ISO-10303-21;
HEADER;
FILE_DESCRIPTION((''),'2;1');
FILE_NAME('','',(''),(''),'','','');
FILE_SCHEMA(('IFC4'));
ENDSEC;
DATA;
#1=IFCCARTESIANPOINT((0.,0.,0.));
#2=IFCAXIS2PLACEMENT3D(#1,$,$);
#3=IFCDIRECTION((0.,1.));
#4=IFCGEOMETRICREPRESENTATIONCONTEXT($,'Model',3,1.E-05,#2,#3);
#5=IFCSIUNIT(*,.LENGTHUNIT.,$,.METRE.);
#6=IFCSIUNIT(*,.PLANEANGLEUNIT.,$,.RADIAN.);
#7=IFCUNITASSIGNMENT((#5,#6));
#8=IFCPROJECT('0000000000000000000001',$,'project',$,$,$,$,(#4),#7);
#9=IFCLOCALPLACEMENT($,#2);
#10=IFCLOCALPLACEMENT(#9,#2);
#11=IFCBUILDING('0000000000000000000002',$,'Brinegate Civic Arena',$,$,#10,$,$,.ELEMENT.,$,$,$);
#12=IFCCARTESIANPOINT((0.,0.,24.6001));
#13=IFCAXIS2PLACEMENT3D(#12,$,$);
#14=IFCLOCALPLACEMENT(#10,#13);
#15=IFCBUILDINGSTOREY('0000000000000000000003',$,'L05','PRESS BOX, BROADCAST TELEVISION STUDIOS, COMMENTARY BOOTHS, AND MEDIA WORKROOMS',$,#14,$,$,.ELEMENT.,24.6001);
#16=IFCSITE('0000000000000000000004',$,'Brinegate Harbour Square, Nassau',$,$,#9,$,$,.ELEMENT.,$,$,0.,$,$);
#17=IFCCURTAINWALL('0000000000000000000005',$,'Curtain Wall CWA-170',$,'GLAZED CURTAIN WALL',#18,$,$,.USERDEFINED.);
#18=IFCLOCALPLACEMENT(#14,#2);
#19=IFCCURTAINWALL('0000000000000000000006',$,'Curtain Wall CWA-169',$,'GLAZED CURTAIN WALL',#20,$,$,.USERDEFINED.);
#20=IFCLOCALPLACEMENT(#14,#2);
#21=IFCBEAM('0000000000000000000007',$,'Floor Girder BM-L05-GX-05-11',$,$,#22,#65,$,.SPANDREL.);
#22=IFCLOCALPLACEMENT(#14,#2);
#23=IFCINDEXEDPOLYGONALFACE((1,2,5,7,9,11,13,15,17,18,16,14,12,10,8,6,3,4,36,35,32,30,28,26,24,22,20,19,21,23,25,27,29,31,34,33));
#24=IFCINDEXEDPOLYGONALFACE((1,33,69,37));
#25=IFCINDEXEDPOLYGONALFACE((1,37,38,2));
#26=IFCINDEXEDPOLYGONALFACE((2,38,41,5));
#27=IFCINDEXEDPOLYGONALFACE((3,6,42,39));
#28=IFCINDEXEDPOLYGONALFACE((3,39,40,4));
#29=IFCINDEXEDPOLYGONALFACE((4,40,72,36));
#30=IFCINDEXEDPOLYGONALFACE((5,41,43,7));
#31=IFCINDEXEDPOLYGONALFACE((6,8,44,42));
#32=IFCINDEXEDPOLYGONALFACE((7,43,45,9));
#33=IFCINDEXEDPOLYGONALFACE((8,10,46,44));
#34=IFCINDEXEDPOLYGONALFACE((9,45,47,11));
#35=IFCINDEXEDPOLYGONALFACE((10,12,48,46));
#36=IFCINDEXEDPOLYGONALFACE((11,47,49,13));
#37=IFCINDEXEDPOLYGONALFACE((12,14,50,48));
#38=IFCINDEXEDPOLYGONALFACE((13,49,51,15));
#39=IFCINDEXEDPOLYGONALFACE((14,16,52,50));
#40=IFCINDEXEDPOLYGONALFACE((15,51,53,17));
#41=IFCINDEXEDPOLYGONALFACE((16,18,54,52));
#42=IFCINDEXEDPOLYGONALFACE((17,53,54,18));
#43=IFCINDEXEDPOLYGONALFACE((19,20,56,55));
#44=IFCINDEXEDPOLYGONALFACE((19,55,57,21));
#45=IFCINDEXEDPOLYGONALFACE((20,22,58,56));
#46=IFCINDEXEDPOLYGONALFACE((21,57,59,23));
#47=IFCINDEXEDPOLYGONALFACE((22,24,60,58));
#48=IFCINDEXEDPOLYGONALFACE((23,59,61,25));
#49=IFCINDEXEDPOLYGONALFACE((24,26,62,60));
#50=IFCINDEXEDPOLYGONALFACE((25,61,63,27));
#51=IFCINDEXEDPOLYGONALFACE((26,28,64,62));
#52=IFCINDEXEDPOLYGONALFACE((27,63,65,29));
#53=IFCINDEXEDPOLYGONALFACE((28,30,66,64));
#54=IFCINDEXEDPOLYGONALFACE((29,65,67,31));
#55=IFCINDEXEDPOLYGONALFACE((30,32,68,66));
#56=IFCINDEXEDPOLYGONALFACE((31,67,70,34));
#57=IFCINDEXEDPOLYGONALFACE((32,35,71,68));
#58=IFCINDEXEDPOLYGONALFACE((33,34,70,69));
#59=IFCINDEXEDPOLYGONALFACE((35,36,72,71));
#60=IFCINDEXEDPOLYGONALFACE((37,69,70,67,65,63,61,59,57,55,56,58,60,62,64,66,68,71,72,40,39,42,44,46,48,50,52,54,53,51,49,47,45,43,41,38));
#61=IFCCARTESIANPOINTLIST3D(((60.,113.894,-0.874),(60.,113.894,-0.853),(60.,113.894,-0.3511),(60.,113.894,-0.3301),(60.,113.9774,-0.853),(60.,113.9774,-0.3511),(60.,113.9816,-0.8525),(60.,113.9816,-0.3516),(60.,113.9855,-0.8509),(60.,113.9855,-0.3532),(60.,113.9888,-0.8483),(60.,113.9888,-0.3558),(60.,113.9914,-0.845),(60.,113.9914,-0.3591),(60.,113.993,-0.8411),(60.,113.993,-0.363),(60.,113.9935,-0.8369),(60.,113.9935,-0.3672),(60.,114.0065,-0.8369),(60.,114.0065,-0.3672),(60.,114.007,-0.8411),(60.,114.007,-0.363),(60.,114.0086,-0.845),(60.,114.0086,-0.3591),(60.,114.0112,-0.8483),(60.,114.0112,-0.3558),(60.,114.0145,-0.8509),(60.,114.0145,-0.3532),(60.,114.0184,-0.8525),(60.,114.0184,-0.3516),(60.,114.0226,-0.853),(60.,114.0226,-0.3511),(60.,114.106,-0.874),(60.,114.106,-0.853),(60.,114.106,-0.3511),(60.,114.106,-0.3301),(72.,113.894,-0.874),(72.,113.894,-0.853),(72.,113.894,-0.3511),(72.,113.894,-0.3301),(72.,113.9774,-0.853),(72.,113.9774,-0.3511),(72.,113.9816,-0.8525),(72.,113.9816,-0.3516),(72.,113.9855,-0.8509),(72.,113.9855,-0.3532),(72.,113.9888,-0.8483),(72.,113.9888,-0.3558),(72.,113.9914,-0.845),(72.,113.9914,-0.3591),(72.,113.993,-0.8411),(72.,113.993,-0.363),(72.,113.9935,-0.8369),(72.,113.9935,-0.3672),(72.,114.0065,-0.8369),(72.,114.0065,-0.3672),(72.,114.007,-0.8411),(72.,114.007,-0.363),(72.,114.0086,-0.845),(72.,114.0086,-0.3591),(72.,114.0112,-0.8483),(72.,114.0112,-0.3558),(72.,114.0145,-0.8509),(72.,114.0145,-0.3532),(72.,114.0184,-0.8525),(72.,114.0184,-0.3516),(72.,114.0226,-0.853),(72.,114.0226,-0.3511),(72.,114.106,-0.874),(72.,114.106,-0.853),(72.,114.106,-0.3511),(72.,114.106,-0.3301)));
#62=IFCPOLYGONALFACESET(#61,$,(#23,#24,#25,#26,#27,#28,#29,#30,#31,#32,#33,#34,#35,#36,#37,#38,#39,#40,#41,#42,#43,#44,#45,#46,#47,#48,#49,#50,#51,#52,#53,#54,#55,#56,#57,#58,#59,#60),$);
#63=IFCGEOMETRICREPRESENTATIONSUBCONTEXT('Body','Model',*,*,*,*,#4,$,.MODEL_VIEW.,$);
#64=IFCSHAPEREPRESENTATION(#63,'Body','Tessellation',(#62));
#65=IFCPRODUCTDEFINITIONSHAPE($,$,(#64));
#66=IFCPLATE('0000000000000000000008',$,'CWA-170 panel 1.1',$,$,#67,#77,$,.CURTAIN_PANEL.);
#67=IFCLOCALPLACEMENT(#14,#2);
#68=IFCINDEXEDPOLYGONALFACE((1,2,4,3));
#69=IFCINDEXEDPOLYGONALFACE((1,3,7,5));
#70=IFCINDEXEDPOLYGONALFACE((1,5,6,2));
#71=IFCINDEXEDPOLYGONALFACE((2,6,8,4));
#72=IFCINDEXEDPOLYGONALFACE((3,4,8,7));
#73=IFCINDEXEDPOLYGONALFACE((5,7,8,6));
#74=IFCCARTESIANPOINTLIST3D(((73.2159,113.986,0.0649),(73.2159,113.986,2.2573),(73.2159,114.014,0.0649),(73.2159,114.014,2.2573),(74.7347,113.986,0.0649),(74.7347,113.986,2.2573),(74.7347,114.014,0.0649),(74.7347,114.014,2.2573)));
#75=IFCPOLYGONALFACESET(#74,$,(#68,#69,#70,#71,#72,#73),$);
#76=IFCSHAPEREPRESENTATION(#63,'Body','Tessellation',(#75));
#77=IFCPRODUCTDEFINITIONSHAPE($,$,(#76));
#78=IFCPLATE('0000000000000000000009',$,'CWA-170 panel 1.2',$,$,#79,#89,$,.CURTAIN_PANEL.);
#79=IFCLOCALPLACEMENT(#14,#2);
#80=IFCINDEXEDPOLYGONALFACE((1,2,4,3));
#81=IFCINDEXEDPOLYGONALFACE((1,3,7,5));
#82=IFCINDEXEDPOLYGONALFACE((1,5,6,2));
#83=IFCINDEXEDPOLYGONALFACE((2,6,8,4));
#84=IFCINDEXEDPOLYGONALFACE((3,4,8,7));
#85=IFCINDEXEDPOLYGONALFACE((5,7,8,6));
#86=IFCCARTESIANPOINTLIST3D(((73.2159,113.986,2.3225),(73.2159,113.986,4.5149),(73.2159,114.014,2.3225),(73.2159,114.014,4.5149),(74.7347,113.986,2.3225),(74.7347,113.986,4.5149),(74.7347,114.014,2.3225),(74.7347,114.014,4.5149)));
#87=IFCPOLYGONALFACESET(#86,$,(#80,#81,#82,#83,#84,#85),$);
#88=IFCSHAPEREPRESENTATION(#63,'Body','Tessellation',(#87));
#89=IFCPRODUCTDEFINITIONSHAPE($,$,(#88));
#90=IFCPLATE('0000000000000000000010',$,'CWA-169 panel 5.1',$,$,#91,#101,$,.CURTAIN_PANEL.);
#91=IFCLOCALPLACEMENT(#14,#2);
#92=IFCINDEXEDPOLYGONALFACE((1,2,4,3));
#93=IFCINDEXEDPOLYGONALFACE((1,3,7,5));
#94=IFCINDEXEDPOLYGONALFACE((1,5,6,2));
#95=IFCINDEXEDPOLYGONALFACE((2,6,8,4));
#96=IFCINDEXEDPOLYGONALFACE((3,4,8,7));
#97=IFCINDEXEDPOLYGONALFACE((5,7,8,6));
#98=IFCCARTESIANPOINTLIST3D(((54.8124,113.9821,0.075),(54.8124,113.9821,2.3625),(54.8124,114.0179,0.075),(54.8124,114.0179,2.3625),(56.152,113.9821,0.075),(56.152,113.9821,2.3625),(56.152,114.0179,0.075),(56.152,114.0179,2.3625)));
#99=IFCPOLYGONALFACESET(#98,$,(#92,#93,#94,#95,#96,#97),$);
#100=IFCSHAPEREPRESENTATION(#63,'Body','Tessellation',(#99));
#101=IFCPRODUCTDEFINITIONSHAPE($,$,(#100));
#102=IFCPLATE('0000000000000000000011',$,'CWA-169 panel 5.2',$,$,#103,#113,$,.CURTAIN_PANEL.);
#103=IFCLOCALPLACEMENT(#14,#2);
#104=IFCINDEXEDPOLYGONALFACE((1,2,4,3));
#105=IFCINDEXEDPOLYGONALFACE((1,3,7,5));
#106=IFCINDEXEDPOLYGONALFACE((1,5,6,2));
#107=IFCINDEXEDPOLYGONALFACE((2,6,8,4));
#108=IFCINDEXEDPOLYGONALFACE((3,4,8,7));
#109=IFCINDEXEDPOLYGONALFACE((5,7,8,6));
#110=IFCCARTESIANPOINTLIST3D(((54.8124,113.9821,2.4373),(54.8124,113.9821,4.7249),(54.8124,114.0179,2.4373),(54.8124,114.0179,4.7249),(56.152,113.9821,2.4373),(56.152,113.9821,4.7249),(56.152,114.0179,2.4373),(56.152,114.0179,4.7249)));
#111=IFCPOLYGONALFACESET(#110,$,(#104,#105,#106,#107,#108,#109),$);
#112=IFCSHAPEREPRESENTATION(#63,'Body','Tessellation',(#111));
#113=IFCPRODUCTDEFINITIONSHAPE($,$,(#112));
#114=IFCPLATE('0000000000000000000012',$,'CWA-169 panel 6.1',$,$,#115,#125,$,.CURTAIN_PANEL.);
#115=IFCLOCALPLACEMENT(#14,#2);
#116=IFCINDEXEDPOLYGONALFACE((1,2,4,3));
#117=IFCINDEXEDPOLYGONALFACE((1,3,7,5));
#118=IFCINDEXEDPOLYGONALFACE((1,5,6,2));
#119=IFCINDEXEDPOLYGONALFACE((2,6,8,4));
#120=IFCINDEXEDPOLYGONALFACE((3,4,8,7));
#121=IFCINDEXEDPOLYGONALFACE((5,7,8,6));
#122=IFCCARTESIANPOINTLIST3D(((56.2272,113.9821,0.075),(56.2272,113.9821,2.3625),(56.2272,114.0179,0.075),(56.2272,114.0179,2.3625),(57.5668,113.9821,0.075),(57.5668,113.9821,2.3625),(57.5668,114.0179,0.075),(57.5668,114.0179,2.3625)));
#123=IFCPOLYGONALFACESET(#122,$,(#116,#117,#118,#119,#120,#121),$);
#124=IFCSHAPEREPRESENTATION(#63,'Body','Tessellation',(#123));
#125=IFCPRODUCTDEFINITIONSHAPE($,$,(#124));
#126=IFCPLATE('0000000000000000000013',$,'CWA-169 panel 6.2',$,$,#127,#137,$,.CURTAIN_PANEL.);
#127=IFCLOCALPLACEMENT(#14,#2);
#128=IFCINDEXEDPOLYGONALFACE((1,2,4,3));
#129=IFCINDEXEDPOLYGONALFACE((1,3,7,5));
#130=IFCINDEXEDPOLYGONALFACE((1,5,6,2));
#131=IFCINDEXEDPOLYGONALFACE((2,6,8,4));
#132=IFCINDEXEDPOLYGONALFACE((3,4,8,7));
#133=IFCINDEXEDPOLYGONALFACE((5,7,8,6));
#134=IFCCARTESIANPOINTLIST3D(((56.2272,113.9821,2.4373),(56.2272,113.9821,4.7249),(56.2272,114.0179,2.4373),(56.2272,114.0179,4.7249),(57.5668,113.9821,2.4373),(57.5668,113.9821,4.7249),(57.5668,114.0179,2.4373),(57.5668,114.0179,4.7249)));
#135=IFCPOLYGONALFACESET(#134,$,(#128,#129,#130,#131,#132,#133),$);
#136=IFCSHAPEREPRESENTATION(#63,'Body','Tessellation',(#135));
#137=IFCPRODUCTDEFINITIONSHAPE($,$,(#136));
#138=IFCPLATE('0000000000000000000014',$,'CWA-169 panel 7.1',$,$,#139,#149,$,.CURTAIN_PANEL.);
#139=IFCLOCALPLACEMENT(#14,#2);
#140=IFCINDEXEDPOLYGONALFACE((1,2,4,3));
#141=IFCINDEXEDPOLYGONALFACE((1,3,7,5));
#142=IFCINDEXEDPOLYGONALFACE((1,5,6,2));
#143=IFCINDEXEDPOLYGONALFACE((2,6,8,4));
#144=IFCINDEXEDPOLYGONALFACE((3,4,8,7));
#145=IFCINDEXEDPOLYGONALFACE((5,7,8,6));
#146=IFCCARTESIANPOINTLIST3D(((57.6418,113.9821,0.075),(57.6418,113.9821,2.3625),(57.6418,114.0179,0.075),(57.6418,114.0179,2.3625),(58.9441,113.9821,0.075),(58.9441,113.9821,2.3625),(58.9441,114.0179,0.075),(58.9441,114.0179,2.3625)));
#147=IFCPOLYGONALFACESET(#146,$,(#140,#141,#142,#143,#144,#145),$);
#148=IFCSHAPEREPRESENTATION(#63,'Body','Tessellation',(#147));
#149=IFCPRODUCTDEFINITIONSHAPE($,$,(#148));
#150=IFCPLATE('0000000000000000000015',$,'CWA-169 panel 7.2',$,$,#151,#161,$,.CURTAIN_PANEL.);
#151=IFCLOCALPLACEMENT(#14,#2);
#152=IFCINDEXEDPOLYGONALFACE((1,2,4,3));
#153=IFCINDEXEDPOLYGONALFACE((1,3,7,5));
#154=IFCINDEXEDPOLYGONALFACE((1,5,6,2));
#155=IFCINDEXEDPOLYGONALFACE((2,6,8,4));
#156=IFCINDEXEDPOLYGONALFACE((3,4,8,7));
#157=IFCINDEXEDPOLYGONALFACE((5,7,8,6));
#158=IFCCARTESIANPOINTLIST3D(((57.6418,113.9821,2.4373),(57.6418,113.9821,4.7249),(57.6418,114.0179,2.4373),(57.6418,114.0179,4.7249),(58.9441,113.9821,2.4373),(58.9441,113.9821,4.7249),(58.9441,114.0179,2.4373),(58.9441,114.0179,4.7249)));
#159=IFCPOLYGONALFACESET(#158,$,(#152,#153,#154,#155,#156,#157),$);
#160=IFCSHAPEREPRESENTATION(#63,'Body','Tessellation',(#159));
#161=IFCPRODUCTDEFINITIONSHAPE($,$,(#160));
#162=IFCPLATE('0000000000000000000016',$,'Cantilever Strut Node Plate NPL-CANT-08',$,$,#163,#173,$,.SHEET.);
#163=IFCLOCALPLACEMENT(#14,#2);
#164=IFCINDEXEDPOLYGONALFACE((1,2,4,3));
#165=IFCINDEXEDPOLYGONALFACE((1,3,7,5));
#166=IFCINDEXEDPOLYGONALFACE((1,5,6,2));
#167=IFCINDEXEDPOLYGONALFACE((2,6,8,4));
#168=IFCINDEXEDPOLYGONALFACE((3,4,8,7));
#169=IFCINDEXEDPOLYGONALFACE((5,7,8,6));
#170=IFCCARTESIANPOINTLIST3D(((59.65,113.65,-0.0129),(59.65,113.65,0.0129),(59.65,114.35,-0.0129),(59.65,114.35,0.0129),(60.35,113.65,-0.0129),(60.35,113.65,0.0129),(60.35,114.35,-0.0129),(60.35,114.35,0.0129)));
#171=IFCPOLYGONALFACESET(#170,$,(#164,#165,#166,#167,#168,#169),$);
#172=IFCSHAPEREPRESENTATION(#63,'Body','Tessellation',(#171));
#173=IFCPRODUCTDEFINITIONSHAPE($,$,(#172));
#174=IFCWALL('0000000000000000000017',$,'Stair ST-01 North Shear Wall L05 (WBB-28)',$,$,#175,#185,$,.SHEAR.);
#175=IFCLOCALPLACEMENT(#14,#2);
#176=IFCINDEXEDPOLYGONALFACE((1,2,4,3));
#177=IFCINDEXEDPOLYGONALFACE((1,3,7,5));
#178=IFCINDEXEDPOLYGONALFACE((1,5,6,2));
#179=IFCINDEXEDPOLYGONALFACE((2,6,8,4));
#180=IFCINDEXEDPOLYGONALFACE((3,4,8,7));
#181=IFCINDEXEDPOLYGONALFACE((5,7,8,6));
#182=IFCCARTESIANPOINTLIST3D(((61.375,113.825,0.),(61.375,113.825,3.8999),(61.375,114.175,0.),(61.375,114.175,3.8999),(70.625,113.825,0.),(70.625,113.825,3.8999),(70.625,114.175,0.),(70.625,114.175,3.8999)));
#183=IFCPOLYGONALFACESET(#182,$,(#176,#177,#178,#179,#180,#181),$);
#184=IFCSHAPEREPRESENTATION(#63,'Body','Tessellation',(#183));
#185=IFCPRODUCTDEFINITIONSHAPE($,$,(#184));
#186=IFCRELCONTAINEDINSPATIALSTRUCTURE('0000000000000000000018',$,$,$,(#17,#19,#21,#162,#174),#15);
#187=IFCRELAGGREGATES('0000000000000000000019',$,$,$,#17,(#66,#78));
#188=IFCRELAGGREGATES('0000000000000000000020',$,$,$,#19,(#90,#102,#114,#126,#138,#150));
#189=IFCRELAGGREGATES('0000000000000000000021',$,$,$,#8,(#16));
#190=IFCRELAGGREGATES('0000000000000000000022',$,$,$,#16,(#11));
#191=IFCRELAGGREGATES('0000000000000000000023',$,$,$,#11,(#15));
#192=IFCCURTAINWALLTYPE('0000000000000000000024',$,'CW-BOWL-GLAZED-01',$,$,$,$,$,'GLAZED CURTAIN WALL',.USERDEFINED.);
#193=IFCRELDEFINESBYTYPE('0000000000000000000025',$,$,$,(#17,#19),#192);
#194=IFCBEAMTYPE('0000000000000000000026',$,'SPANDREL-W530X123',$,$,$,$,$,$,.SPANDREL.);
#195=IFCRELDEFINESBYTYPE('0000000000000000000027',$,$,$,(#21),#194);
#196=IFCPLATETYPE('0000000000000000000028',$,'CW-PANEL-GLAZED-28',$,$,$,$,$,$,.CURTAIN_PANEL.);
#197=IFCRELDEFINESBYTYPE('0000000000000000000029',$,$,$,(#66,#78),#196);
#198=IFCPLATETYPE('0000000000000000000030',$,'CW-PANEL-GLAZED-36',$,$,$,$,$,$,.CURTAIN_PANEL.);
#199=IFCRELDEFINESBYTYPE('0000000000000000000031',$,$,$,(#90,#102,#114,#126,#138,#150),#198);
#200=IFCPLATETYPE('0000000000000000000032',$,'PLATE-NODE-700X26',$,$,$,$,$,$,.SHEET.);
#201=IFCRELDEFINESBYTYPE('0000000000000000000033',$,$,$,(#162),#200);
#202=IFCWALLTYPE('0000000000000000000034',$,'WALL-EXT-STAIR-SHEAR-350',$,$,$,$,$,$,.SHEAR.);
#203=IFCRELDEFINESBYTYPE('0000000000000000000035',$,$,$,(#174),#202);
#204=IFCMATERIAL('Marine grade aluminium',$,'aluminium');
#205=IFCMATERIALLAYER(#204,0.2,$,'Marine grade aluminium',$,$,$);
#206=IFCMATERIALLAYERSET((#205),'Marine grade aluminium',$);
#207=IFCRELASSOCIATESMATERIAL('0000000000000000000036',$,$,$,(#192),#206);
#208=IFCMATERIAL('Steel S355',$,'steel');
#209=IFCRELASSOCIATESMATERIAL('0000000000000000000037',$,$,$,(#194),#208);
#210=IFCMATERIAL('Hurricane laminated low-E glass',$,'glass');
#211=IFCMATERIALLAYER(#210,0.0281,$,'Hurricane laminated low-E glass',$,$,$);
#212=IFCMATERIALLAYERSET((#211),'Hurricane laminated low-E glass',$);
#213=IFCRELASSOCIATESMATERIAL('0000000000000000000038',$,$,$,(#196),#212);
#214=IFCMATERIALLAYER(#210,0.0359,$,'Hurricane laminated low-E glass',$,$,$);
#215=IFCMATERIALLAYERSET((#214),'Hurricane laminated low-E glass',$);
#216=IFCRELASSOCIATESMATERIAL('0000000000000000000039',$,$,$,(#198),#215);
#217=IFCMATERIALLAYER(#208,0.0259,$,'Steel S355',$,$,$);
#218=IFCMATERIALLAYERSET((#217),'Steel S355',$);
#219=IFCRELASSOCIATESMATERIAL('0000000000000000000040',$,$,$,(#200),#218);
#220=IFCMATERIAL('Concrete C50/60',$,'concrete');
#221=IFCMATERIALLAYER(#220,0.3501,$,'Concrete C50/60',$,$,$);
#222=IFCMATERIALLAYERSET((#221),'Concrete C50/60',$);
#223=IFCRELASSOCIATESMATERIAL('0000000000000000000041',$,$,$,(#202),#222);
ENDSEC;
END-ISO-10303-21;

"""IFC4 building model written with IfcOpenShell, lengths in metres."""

from ifc_helpers import new_model, si_unit, direction, frame, frame_2d, origin, origin_2d, place, context, subcontext, project, spatial, rectangle, i_section, extrude, material, layer, layer_set, material_profile, profile_set, type_object, element, aggregate, save


model = new_model("IFC4")

# Units and contexts
model_context = context("Model", 3, precision=1e-05, world=origin(), true_north=direction((0.0, 1.0)))
body_context = subcontext(model_context, "Body", "Model", "MODEL_VIEW")
ifc_project = project(units=[si_unit("LENGTHUNIT", "METRE"), si_unit("PLANEANGLEUNIT", "RADIAN")], contexts=[model_context])

# Site, building, storey
site_placement = place(None, origin())
site = spatial("IfcSite", under=ifc_project, at=site_placement, Name="Brinegate Harbour Square, Nassau", CompositionType="ELEMENT", RefElevation=0.0)
building_placement = place(site_placement, origin())
building = spatial("IfcBuilding", under=site, at=building_placement, Name="Brinegate Civic Arena", CompositionType="ELEMENT")
storey_placement = place(building_placement, frame((0.0, 0.0, 24.6001)))
storey = spatial("IfcBuildingStorey", under=building, at=storey_placement, Name="L05", Description="PRESS BOX, BROADCAST TELEVISION STUDIOS, COMMENTARY BOOTHS, AND MEDIA WORKROOMS", CompositionType="ELEMENT", Elevation=24.6001)

# Shared definitions
ifc_material_1 = material(Name="Concrete C50/60", Category="concrete")
ifc_material_2 = material(Name="Steel S355", Category="steel")

# Curtain wall
ifc_material_3 = material(Name="Marine grade aluminium", Category="aluminium")
ifc_layer_1 = layer(ifc_material_3, 0.2, Name="Marine grade aluminium")
ifc_layer_set_1 = layer_set([ifc_layer_1], Name="Marine grade aluminium")
curtain_wall_type = type_object("IfcCurtainWallType", Name="CW-BOWL-GLAZED-01", ElementType="GLAZED CURTAIN WALL", PredefinedType="USERDEFINED", material=ifc_layer_set_1)
curtain_wall_1_placement = place(storey_placement, origin())
curtain_wall_1 = element("IfcCurtainWall", 1, at=curtain_wall_1_placement, inside=storey, type_object=curtain_wall_type, Name="Curtain Wall CWA-170", ObjectType="GLAZED CURTAIN WALL", PredefinedType="USERDEFINED")

# Curtain wall
curtain_wall_2_placement = place(storey_placement, origin())
curtain_wall_2 = element("IfcCurtainWall", 2, at=curtain_wall_2_placement, inside=storey, type_object=curtain_wall_type, Name="Curtain Wall CWA-169", ObjectType="GLAZED CURTAIN WALL", PredefinedType="USERDEFINED")

# Beam
ifc_material_profile_1 = material_profile(ifc_material_2, i_section(OverallWidth=0.2119, OverallDepth=0.5439, WebThickness=0.0129, FlangeThickness=0.021, FilletRadius=0.0161, at=origin_2d()), Name="W530X123")
ifc_profile_set_1 = profile_set([ifc_material_profile_1], Name="Steel S355")
beam_type_1 = type_object("IfcBeamType", Name="SPANDREL-W530X123", PredefinedType="SPANDREL", material=ifc_profile_set_1)
beam_1_placement = place(storey_placement, frame((60.0, 114.0, -0.6021), z_axis=(1.0, 0.0, 0.0), x_axis=(0.0, 1.0, 0.0)))
element("IfcBeam", 3, at=beam_1_placement, inside=storey, type_object=beam_type_1, Name="Floor Girder BM-L05-GX-05-11", PredefinedType="SPANDREL", context=body_context, shape_type="SweptSolid", body=[
    extrude(i_section(OverallWidth=0.2119, OverallDepth=0.5439, WebThickness=0.0129, FlangeThickness=0.021, FilletRadius=0.0161, at=origin_2d()), origin(), (0.0, 0.0, 1.0), 12.0),
])

# Plates
ifc_material_4 = material(Name="Hurricane laminated low-E glass", Category="glass")
ifc_layer_2 = layer(ifc_material_4, 0.0281, Name="Hurricane laminated low-E glass")
ifc_layer_set_2 = layer_set([ifc_layer_2], Name="Hurricane laminated low-E glass")
plate_type_1 = type_object("IfcPlateType", Name="CW-PANEL-GLAZED-28", PredefinedType="CURTAIN_PANEL", material=ifc_layer_set_2)
plate_1_placement = place(storey_placement, frame((73.9753, 114.0, 0.0649), z_axis=(0.0, 0.0, 1.0), x_axis=(1.0, 0.0, 0.0)))
plate_1 = element("IfcPlate", 4, at=plate_1_placement, type_object=plate_type_1, Name="CWA-170 panel 1.1", PredefinedType="CURTAIN_PANEL", context=body_context, shape_type="SweptSolid", body=[
    extrude(rectangle(XDim=1.5188, YDim=0.0281, at=origin_2d()), origin(), (0.0, 0.0, 1.0), 2.1924),
])
plate_2_placement = place(storey_placement, frame((73.9753, 114.0, 2.3225), z_axis=(0.0, 0.0, 1.0), x_axis=(1.0, 0.0, 0.0)))
plate_2 = element("IfcPlate", 5, at=plate_2_placement, type_object=plate_type_1, Name="CWA-170 panel 1.2", PredefinedType="CURTAIN_PANEL", context=body_context, shape_type="SweptSolid", body=[
    extrude(rectangle(XDim=1.5188, YDim=0.0281, at=origin_2d()), origin(), (0.0, 0.0, 1.0), 2.1924),
])
aggregate(curtain_wall_1, [plate_1, plate_2])
ifc_layer_3 = layer(ifc_material_4, 0.0359, Name="Hurricane laminated low-E glass")
ifc_layer_set_3 = layer_set([ifc_layer_3], Name="Hurricane laminated low-E glass")
plate_type_2 = type_object("IfcPlateType", Name="CW-PANEL-GLAZED-36", PredefinedType="CURTAIN_PANEL", material=ifc_layer_set_3)
plate_3_placement = place(storey_placement, frame((55.4822, 114.0, 0.075), z_axis=(0.0, 0.0, 1.0), x_axis=(1.0, 0.0, 0.0)))
plate_3 = element("IfcPlate", 6, at=plate_3_placement, type_object=plate_type_2, Name="CWA-169 panel 5.1", PredefinedType="CURTAIN_PANEL", context=body_context, shape_type="SweptSolid", body=[
    extrude(rectangle(XDim=1.3396, YDim=0.0359, at=origin_2d()), origin(), (0.0, 0.0, 1.0), 2.2876),
])
plate_4_placement = place(storey_placement, frame((55.4822, 114.0, 2.4373), z_axis=(0.0, 0.0, 1.0), x_axis=(1.0, 0.0, 0.0)))
plate_4 = element("IfcPlate", 7, at=plate_4_placement, type_object=plate_type_2, Name="CWA-169 panel 5.2", PredefinedType="CURTAIN_PANEL", context=body_context, shape_type="SweptSolid", body=[
    extrude(rectangle(XDim=1.3396, YDim=0.0359, at=origin_2d()), origin(), (0.0, 0.0, 1.0), 2.2876),
])
plate_5_placement = place(storey_placement, frame((56.897, 114.0, 0.075), z_axis=(0.0, 0.0, 1.0), x_axis=(1.0, 0.0, 0.0)))
plate_5 = element("IfcPlate", 8, at=plate_5_placement, type_object=plate_type_2, Name="CWA-169 panel 6.1", PredefinedType="CURTAIN_PANEL", context=body_context, shape_type="SweptSolid", body=[
    extrude(rectangle(XDim=1.3396, YDim=0.0359, at=origin_2d()), origin(), (0.0, 0.0, 1.0), 2.2876),
])
plate_6_placement = place(storey_placement, frame((56.897, 114.0, 2.4373), z_axis=(0.0, 0.0, 1.0), x_axis=(1.0, 0.0, 0.0)))
plate_6 = element("IfcPlate", 9, at=plate_6_placement, type_object=plate_type_2, Name="CWA-169 panel 6.2", PredefinedType="CURTAIN_PANEL", context=body_context, shape_type="SweptSolid", body=[
    extrude(rectangle(XDim=1.3396, YDim=0.0359, at=origin_2d()), origin(), (0.0, 0.0, 1.0), 2.2876),
])
plate_7_placement = place(storey_placement, frame((58.293, 114.0, 0.075), z_axis=(0.0, 0.0, 1.0), x_axis=(1.0, 0.0, 0.0)))
plate_7 = element("IfcPlate", 10, at=plate_7_placement, type_object=plate_type_2, Name="CWA-169 panel 7.1", PredefinedType="CURTAIN_PANEL", context=body_context, shape_type="SweptSolid", body=[
    extrude(rectangle(XDim=1.3022, YDim=0.0359, at=origin_2d()), origin(), (0.0, 0.0, 1.0), 2.2876),
])
plate_8_placement = place(storey_placement, frame((58.293, 114.0, 2.4373), z_axis=(0.0, 0.0, 1.0), x_axis=(1.0, 0.0, 0.0)))
plate_8 = element("IfcPlate", 11, at=plate_8_placement, type_object=plate_type_2, Name="CWA-169 panel 7.2", PredefinedType="CURTAIN_PANEL", context=body_context, shape_type="SweptSolid", body=[
    extrude(rectangle(XDim=1.3022, YDim=0.0359, at=origin_2d()), origin(), (0.0, 0.0, 1.0), 2.2876),
])
aggregate(curtain_wall_2, [plate_3, plate_4, plate_5, plate_6, plate_7, plate_8])
ifc_layer_4 = layer(ifc_material_2, 0.0259, Name="Steel S355")
ifc_layer_set_4 = layer_set([ifc_layer_4], Name="Steel S355")
plate_type_3 = type_object("IfcPlateType", Name="PLATE-NODE-700X26", PredefinedType="SHEET", material=ifc_layer_set_4)
plate_9_placement = place(storey_placement, frame((60.0, 114.0, -0.0129), z_axis=(0.0, 0.0, 1.0), x_axis=(1.0, 0.0, 0.0)))
element("IfcPlate", 12, at=plate_9_placement, inside=storey, type_object=plate_type_3, Name="Cantilever Strut Node Plate NPL-CANT-08", PredefinedType="SHEET", context=body_context, shape_type="SweptSolid", body=[
    extrude(rectangle(XDim=0.7, YDim=0.7, at=origin_2d()), origin(), (0.0, 0.0, 1.0), 0.0259),
])

# Wall
ifc_layer_5 = layer(ifc_material_1, 0.3501, Name="Concrete C50/60")
ifc_layer_set_5 = layer_set([ifc_layer_5], Name="Concrete C50/60")
wall_type = type_object("IfcWallType", Name="WALL-EXT-STAIR-SHEAR-350", PredefinedType="SHEAR", material=ifc_layer_set_5)
wall_placement = place(storey_placement, frame((61.375, 114.0, 0.0), z_axis=(0.0, 0.0, 1.0), x_axis=(1.0, 0.0, 0.0)))
element("IfcWall", 13, at=wall_placement, inside=storey, type_object=wall_type, Name="Stair ST-01 North Shear Wall L05 (WBB-28)", PredefinedType="SHEAR", context=body_context, shape_type="SweptSolid", body=[
    extrude(rectangle(XDim=9.25, YDim=0.3501, at=frame_2d((4.625, 0.0))), origin(), (0.0, 0.0, 1.0), 3.8999),
])

save(model, "model.ifc")
